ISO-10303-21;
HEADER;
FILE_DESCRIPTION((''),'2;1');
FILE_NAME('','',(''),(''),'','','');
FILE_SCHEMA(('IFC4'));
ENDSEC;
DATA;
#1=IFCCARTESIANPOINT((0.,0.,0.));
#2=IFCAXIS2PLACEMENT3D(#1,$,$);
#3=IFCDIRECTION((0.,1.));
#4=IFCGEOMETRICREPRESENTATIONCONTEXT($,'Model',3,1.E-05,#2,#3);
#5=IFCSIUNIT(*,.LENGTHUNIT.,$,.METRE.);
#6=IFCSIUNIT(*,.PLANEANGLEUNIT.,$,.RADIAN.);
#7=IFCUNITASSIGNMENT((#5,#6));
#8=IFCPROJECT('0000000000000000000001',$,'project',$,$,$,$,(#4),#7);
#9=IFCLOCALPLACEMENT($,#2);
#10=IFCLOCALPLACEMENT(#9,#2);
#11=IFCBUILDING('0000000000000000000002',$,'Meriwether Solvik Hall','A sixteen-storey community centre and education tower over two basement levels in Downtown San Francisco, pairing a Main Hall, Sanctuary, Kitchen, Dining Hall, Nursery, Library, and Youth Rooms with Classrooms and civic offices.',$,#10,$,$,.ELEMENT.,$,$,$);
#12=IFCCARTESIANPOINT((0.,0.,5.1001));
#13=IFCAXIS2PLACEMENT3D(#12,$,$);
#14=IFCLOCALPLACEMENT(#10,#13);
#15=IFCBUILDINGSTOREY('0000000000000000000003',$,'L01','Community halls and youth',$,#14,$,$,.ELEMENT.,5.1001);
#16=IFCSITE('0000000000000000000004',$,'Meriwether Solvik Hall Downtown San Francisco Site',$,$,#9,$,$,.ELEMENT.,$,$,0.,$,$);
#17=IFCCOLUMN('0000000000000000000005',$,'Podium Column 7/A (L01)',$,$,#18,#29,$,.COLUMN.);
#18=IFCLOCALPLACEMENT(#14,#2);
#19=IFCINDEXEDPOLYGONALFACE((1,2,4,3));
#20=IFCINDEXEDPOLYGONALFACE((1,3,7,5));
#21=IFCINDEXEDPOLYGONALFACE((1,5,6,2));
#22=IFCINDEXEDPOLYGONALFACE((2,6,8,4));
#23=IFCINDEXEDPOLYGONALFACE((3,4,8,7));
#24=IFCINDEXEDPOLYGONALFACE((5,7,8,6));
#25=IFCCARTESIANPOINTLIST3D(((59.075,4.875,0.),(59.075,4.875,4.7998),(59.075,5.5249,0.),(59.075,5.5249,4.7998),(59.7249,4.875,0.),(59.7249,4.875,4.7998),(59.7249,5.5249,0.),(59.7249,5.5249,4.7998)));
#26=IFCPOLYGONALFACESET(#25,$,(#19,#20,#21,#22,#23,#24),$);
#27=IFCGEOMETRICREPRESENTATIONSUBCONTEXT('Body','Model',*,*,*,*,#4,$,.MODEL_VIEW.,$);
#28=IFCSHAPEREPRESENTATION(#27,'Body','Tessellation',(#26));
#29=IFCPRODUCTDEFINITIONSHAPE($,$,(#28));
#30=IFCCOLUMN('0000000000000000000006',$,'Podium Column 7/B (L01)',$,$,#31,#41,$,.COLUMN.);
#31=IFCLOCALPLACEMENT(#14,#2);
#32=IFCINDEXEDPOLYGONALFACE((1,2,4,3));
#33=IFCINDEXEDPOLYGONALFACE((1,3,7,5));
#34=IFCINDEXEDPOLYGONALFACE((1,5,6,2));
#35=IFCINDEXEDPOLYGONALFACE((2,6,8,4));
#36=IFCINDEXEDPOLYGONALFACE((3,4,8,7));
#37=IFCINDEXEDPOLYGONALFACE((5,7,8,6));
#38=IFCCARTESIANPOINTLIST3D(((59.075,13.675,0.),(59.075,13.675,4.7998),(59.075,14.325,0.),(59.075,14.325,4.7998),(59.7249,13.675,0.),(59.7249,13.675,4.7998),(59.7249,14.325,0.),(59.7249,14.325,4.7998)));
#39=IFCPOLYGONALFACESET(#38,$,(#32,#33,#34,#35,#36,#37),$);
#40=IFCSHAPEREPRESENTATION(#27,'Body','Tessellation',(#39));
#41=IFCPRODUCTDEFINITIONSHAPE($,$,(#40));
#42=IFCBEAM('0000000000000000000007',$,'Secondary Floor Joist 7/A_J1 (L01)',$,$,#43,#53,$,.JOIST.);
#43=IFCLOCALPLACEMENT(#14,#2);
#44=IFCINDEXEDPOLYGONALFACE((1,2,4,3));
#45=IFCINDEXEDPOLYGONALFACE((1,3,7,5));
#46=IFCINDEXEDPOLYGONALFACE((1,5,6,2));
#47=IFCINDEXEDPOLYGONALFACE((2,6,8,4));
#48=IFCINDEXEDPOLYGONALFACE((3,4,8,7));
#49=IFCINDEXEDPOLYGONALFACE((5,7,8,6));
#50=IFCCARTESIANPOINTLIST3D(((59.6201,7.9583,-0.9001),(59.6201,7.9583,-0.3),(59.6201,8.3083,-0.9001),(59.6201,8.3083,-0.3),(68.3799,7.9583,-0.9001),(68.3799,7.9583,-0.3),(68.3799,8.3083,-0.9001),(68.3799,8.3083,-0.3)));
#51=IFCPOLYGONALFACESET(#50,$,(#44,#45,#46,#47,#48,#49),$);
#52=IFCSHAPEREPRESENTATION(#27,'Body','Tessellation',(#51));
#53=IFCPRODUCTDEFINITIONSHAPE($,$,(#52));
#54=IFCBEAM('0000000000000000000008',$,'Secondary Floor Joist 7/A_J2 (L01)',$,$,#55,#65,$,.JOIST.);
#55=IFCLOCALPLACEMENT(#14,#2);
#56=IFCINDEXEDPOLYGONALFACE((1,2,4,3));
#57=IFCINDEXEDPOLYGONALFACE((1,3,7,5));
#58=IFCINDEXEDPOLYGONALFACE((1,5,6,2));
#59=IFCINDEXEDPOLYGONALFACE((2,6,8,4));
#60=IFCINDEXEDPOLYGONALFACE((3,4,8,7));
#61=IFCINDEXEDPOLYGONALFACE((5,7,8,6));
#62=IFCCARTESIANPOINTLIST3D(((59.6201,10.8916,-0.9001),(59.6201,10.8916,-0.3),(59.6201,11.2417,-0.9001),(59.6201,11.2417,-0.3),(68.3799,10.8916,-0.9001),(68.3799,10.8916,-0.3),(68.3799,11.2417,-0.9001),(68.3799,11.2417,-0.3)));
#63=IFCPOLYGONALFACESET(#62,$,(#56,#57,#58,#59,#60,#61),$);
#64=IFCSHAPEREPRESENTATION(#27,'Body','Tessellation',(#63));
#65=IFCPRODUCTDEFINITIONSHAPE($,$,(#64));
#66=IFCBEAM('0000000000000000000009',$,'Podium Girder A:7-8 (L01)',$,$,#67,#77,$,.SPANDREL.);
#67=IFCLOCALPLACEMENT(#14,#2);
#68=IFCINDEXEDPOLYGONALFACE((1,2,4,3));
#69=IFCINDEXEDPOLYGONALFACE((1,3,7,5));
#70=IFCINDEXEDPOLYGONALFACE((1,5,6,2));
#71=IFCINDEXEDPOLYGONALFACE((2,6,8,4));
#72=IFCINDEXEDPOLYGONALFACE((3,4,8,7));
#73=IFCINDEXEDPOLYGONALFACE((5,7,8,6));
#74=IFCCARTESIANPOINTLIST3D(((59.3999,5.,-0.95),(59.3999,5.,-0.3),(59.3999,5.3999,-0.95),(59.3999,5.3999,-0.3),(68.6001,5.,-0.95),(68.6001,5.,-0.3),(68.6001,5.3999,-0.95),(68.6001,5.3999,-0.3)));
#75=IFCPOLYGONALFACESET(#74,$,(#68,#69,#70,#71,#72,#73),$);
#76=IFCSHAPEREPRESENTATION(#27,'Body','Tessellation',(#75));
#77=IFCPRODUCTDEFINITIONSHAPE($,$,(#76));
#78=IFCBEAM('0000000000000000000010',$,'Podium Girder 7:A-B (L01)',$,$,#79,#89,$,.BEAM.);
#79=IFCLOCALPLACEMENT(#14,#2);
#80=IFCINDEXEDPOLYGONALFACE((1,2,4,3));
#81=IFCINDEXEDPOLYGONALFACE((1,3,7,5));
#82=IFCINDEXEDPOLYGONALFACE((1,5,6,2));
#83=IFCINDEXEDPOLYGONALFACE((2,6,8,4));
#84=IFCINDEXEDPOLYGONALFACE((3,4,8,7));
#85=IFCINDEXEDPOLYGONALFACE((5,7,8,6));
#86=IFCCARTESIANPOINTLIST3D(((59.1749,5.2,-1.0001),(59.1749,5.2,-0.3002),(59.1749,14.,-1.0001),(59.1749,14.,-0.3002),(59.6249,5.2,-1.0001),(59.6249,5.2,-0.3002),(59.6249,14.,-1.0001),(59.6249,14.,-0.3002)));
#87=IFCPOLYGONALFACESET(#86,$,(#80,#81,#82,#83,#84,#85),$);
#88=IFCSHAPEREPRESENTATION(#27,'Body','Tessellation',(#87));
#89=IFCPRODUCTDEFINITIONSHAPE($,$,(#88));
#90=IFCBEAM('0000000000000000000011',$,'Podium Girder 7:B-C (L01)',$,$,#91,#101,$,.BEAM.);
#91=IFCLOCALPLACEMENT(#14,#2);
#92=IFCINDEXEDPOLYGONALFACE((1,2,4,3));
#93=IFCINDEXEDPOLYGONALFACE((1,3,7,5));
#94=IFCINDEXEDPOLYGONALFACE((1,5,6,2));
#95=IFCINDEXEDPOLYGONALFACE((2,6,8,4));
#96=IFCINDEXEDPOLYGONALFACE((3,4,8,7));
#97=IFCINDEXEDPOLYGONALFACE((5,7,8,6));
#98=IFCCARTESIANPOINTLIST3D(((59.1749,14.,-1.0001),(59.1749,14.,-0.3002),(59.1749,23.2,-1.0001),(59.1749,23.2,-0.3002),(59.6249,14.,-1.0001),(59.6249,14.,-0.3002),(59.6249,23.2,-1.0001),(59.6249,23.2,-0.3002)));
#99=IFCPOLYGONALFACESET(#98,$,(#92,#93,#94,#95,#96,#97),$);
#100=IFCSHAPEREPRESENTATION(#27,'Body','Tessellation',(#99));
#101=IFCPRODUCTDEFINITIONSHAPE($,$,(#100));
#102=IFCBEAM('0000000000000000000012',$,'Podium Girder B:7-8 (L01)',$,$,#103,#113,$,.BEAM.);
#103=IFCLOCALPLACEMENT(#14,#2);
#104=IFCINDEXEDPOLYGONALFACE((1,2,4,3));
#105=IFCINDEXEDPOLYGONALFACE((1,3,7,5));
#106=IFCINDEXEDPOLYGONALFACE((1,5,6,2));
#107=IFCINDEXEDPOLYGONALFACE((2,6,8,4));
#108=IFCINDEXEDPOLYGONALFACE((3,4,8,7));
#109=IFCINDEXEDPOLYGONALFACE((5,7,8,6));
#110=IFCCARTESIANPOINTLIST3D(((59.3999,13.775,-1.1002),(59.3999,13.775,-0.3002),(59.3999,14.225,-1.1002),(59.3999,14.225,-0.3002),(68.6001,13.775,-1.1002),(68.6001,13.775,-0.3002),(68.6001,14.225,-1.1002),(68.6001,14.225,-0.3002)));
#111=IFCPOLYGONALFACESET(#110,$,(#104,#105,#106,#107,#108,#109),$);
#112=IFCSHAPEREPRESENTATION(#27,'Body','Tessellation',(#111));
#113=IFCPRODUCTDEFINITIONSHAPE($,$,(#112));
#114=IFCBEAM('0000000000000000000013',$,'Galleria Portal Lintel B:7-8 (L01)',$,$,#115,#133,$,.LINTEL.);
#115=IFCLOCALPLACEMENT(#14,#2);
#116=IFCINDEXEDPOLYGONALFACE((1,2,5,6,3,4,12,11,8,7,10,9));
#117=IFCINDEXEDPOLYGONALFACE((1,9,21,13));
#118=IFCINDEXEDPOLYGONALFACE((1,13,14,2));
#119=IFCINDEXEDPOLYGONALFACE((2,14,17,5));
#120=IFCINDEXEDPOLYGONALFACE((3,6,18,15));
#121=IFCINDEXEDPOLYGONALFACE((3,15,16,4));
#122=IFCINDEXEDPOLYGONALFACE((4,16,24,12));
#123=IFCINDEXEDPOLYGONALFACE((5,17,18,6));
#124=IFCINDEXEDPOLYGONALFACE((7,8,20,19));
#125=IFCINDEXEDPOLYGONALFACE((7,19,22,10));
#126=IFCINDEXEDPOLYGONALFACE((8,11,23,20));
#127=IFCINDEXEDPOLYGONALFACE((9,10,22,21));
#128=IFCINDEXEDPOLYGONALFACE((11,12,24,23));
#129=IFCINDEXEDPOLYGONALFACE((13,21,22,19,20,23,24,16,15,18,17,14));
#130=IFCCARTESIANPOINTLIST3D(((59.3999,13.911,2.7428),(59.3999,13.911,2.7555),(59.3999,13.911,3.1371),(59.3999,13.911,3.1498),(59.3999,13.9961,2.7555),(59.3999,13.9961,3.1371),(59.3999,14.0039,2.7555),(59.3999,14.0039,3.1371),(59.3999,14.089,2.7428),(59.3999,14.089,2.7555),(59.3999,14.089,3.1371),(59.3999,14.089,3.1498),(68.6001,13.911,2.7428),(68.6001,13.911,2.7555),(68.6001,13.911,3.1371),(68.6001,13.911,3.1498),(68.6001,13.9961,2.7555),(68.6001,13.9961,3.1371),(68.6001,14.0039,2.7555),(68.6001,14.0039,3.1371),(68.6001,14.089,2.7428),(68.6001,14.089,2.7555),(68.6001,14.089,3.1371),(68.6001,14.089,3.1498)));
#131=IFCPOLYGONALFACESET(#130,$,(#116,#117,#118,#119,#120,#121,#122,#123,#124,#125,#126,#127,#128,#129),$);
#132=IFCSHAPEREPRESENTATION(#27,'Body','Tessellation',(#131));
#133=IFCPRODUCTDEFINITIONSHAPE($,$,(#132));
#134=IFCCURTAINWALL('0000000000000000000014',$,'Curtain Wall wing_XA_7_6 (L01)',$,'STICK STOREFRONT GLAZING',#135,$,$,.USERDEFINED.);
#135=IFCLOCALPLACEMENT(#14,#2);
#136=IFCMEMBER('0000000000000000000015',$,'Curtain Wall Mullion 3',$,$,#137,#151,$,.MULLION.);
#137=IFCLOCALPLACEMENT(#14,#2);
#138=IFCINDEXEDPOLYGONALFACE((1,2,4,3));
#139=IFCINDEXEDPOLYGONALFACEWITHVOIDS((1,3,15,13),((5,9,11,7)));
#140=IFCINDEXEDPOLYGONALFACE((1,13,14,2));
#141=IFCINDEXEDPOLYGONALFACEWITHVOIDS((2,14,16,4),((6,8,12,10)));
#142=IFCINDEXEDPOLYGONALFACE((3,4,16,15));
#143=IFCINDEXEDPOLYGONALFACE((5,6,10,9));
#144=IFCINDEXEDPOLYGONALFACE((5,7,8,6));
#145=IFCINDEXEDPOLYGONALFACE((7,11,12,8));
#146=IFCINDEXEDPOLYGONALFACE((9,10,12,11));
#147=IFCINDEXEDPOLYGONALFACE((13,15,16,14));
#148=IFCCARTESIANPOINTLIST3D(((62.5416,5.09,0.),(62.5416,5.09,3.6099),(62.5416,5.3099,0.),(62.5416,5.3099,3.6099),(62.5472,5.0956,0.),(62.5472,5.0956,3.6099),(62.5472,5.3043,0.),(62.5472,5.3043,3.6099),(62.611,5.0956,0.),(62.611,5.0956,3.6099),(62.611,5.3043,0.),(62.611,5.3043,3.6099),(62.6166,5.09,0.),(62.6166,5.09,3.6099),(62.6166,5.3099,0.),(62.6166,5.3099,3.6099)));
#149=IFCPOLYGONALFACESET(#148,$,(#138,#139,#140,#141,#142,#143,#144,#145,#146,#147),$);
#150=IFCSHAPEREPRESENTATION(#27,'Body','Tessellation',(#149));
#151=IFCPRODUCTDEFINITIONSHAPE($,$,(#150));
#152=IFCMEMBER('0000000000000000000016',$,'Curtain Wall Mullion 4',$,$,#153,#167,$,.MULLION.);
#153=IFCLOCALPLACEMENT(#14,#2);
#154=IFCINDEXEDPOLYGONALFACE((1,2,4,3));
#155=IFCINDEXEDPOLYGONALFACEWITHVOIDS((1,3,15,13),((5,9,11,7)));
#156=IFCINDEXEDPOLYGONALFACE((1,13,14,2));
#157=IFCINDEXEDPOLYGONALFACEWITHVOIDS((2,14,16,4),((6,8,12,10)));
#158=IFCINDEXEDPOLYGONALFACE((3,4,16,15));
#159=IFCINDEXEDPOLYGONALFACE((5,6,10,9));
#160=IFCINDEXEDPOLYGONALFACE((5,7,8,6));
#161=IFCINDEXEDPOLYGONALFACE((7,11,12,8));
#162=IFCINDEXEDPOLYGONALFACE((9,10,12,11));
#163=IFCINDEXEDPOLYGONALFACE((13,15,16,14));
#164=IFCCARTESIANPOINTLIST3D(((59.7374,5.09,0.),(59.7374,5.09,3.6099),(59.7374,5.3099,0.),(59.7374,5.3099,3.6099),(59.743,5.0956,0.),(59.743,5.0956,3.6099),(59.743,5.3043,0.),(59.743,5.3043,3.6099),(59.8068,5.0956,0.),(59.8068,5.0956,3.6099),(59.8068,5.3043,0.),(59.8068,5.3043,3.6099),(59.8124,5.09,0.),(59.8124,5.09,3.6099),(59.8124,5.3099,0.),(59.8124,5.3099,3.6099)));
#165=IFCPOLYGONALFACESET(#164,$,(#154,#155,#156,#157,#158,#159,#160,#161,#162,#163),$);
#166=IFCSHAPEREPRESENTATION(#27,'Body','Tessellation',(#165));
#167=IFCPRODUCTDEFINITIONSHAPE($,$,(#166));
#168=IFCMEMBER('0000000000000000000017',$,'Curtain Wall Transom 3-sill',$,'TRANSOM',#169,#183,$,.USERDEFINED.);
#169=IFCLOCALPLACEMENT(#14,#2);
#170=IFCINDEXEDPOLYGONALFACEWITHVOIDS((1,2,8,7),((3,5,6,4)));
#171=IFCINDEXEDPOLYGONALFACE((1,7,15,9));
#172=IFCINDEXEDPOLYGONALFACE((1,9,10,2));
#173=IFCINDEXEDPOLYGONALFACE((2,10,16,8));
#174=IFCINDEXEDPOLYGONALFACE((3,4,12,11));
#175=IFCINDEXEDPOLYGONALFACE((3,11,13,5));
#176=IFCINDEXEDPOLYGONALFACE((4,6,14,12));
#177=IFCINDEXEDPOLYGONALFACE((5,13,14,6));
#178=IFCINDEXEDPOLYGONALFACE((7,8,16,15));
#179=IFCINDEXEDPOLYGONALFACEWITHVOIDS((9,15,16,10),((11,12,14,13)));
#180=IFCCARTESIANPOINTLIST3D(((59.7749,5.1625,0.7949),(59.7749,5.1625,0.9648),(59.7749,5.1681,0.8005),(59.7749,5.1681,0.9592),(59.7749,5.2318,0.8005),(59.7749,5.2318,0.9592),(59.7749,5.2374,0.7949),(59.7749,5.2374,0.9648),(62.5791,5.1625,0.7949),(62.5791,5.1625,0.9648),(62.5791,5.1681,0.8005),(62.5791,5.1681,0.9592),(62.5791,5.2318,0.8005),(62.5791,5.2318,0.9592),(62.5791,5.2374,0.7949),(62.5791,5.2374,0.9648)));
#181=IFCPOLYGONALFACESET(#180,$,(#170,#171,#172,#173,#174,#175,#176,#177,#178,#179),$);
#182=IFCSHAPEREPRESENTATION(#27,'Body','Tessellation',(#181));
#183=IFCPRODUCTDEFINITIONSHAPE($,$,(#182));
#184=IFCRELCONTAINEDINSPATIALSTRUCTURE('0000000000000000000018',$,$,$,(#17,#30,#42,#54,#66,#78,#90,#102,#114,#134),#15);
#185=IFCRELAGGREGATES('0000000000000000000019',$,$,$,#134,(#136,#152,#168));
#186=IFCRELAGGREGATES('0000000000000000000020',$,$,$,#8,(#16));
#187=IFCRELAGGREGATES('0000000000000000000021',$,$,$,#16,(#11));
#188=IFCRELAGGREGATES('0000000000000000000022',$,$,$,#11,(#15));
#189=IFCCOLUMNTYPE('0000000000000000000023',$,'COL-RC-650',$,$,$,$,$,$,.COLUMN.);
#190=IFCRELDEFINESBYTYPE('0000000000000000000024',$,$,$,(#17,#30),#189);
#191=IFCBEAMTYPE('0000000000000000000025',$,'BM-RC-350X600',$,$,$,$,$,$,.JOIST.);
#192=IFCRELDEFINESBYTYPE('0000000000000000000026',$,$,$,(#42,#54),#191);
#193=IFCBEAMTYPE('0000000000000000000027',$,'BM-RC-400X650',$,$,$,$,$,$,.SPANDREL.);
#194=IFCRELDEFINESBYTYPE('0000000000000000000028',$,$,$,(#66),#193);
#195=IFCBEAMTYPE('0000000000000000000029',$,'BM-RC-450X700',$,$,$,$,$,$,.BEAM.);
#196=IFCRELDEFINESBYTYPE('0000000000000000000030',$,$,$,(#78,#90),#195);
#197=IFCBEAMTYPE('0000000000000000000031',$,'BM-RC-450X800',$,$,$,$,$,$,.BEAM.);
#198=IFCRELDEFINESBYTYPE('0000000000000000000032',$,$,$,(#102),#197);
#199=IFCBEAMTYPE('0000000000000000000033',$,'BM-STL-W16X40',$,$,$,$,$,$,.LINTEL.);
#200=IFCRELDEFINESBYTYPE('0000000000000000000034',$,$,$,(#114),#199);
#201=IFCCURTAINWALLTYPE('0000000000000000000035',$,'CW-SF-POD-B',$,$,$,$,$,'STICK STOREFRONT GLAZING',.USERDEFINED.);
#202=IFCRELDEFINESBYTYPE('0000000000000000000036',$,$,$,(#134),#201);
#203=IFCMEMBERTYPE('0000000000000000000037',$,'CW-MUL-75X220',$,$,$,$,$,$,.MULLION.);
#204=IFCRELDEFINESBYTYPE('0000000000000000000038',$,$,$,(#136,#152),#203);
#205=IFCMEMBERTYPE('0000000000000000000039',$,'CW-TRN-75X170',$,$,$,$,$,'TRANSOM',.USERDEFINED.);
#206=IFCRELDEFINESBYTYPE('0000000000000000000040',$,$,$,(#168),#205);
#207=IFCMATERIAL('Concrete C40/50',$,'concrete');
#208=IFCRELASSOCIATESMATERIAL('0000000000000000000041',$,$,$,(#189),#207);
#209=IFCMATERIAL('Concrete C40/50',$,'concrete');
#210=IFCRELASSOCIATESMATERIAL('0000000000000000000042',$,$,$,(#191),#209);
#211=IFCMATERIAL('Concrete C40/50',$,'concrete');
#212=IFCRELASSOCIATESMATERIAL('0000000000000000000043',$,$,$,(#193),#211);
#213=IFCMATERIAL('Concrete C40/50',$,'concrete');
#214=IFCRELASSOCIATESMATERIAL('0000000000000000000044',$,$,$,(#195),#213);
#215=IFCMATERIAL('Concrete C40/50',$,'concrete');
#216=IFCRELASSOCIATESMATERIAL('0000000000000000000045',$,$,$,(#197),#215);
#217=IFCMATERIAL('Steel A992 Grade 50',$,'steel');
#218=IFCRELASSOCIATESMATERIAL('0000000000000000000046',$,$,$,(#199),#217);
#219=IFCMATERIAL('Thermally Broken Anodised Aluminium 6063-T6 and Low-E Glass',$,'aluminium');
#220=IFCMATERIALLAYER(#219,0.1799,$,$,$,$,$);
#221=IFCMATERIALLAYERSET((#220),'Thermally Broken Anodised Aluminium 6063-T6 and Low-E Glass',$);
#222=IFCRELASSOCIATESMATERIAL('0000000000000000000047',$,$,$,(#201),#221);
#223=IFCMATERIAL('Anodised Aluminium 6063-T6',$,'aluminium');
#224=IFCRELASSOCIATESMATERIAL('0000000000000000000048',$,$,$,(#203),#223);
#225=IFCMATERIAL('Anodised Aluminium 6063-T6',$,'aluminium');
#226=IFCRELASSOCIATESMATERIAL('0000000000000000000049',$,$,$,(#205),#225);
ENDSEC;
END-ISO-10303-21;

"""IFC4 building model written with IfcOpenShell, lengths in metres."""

from ifc_helpers import new_model, si_unit, direction, frame, origin, origin_2d, place, context, subcontext, project, spatial, rectangle, hollow_rectangle, i_section, extrude, material, layer, layer_set, material_profile, profile_set, type_object, element, aggregate, save


model = new_model("IFC4")

# Units and contexts
model_context = context("Model", 3, precision=1e-05, world=origin(), true_north=direction((0.0, 1.0)))
body_context = subcontext(model_context, "Body", "Model", "MODEL_VIEW")
ifc_project = project(units=[si_unit("LENGTHUNIT", "METRE"), si_unit("PLANEANGLEUNIT", "RADIAN")], contexts=[model_context])

# Site, building, storey
site_placement = place(None, origin())
site = spatial("IfcSite", under=ifc_project, at=site_placement, Name="Meriwether Solvik Hall Downtown San Francisco Site", CompositionType="ELEMENT", RefElevation=0.0)
building_placement = place(site_placement, origin())
building = spatial("IfcBuilding", under=site, at=building_placement, Name="Meriwether Solvik Hall", Description="A sixteen-storey community centre and education tower over two basement levels in Downtown San Francisco, pairing a Main Hall, Sanctuary, Kitchen, Dining Hall, Nursery, Library, and Youth Rooms with Classrooms and civic offices.", CompositionType="ELEMENT")
storey_placement = place(building_placement, frame((0.0, 0.0, 5.1001)))
storey = spatial("IfcBuildingStorey", under=building, at=storey_placement, Name="L01", Description="Community halls and youth", CompositionType="ELEMENT", Elevation=5.1001)

# Columns
ifc_material_1 = material(Name="Concrete C40/50", Category="concrete")
ifc_material_profile_1 = material_profile(ifc_material_1, rectangle(XDim=0.6499, YDim=0.6499, at=origin_2d()), Name="RCC-650X650")
ifc_profile_set_1 = profile_set([ifc_material_profile_1], Name="Concrete C40/50")
column_type = type_object("IfcColumnType", Name="COL-RC-650", PredefinedType="COLUMN", material=ifc_profile_set_1)
for number, where, z_axis, x_axis, name in (
    (1, (59.3999, 5.2, 0.0), (0.0, 0.0, 1.0), (1.0, 0.0, 0.0), "Podium Column 7/A (L01)"),
    (2, (59.3999, 14.0, 0.0), (0.0, 0.0, 1.0), (1.0, 0.0, 0.0), "Podium Column 7/B (L01)"),
):
    element("IfcColumn", number, at=place(storey_placement, frame(where, z_axis=z_axis, x_axis=x_axis)), inside=storey, type_object=column_type, Name=name, PredefinedType="COLUMN", context=body_context, shape_type="SweptSolid", body=[
        extrude(rectangle(XDim=0.6499, YDim=0.6499, at=origin_2d()), origin(), (0.0, 0.0, 1.0), 4.7998),
    ])

# Beams
ifc_material_2 = material(Name="Concrete C40/50", Category="concrete")
ifc_material_profile_2 = material_profile(ifc_material_2, rectangle(XDim=0.3501, YDim=0.6001, at=origin_2d()), Name="RCB-350X600")
ifc_profile_set_2 = profile_set([ifc_material_profile_2], Name="Concrete C40/50")
beam_type_1 = type_object("IfcBeamType", Name="BM-RC-350X600", PredefinedType="JOIST", material=ifc_profile_set_2)
for number, where, z_axis, x_axis, name in (
    (3, (59.6201, 8.1333, -0.6001), (1.0, 0.0, 0.0), (0.0, 1.0, 0.0), "Secondary Floor Joist 7/A_J1 (L01)"),
    (4, (59.6201, 11.0667, -0.6001), (1.0, 0.0, 0.0), (0.0, 1.0, 0.0), "Secondary Floor Joist 7/A_J2 (L01)"),
):
    element("IfcBeam", number, at=place(storey_placement, frame(where, z_axis=z_axis, x_axis=x_axis)), inside=storey, type_object=beam_type_1, Name=name, PredefinedType="JOIST", context=body_context, shape_type="SweptSolid", body=[
        extrude(rectangle(XDim=0.3501, YDim=0.6001, at=origin_2d()), origin(), (0.0, 0.0, 1.0), 8.7598),
    ])
ifc_material_3 = material(Name="Concrete C40/50", Category="concrete")
ifc_material_profile_3 = material_profile(ifc_material_3, rectangle(XDim=0.3999, YDim=0.6499, at=origin_2d()), Name="RCB-400X650")
ifc_profile_set_3 = profile_set([ifc_material_profile_3], Name="Concrete C40/50")
beam_type_2 = type_object("IfcBeamType", Name="BM-RC-400X650", PredefinedType="SPANDREL", material=ifc_profile_set_3)
beam_1_placement = place(storey_placement, frame((59.3999, 5.2, -0.625), z_axis=(1.0, 0.0, 0.0), x_axis=(0.0, 1.0, 0.0)))
element("IfcBeam", 5, at=beam_1_placement, inside=storey, type_object=beam_type_2, Name="Podium Girder A:7-8 (L01)", PredefinedType="SPANDREL", context=body_context, shape_type="SweptSolid", body=[
    extrude(rectangle(XDim=0.3999, YDim=0.6499, at=origin_2d()), origin(), (0.0, 0.0, 1.0), 9.2002),
])
ifc_material_4 = material(Name="Concrete C40/50", Category="concrete")
ifc_material_profile_4 = material_profile(ifc_material_4, rectangle(XDim=0.45, YDim=0.7, at=origin_2d()), Name="RCB-450X700")
ifc_profile_set_4 = profile_set([ifc_material_profile_4], Name="Concrete C40/50")
beam_type_3 = type_object("IfcBeamType", Name="BM-RC-450X700", PredefinedType="BEAM", material=ifc_profile_set_4)
beam_2_placement = place(storey_placement, frame((59.3999, 5.2, -0.6501), z_axis=(0.0, 1.0, 0.0), x_axis=(-1.0, 0.0, 0.0)))
element("IfcBeam", 6, at=beam_2_placement, inside=storey, type_object=beam_type_3, Name="Podium Girder 7:A-B (L01)", PredefinedType="BEAM", context=body_context, shape_type="SweptSolid", body=[
    extrude(rectangle(XDim=0.45, YDim=0.7, at=origin_2d()), origin(), (0.0, 0.0, 1.0), 8.8),
])
beam_3_placement = place(storey_placement, frame((59.3999, 14.0, -0.6501), z_axis=(0.0, 1.0, 0.0), x_axis=(-1.0, 0.0, 0.0)))
element("IfcBeam", 7, at=beam_3_placement, inside=storey, type_object=beam_type_3, Name="Podium Girder 7:B-C (L01)", PredefinedType="BEAM", context=body_context, shape_type="SweptSolid", body=[
    extrude(rectangle(XDim=0.45, YDim=0.7, at=origin_2d()), origin(), (0.0, 0.0, 1.0), 9.2),
])
ifc_material_5 = material(Name="Concrete C40/50", Category="concrete")
ifc_material_profile_5 = material_profile(ifc_material_5, rectangle(XDim=0.45, YDim=0.8, at=origin_2d()), Name="RCB-450X800")
ifc_profile_set_5 = profile_set([ifc_material_profile_5], Name="Concrete C40/50")
beam_type_4 = type_object("IfcBeamType", Name="BM-RC-450X800", PredefinedType="BEAM", material=ifc_profile_set_5)
beam_4_placement = place(storey_placement, frame((59.3999, 14.0, -0.7002), z_axis=(1.0, 0.0, 0.0), x_axis=(0.0, 1.0, 0.0)))
element("IfcBeam", 8, at=beam_4_placement, inside=storey, type_object=beam_type_4, Name="Podium Girder B:7-8 (L01)", PredefinedType="BEAM", context=body_context, shape_type="SweptSolid", body=[
    extrude(rectangle(XDim=0.45, YDim=0.8, at=origin_2d()), origin(), (0.0, 0.0, 1.0), 9.2002),
])
ifc_material_6 = material(Name="Steel A992 Grade 50", Category="steel")
ifc_material_profile_6 = material_profile(ifc_material_6, i_section(OverallWidth=0.178, OverallDepth=0.407, WebThickness=0.0078, FlangeThickness=0.0127, at=origin_2d()), Name="W16X40")
ifc_profile_set_6 = profile_set([ifc_material_profile_6], Name="Steel A992 Grade 50")
beam_type_5 = type_object("IfcBeamType", Name="BM-STL-W16X40", PredefinedType="LINTEL", material=ifc_profile_set_6)
beam_5_placement = place(storey_placement, frame((59.3999, 14.0, 2.9463), z_axis=(1.0, 0.0, 0.0), x_axis=(0.0, 1.0, 0.0)))
element("IfcBeam", 9, at=beam_5_placement, inside=storey, type_object=beam_type_5, Name="Galleria Portal Lintel B:7-8 (L01)", PredefinedType="LINTEL", context=body_context, shape_type="SweptSolid", body=[
    extrude(i_section(OverallWidth=0.178, OverallDepth=0.407, WebThickness=0.0078, FlangeThickness=0.0127, at=origin_2d()), origin(), (0.0, 0.0, 1.0), 9.2002),
])

# Curtain wall, members
ifc_material_7 = material(Name="Thermally Broken Anodised Aluminium 6063-T6 and Low-E Glass", Category="aluminium")
ifc_layer_1 = layer(ifc_material_7, 0.1799)
ifc_layer_set_1 = layer_set([ifc_layer_1], Name="Thermally Broken Anodised Aluminium 6063-T6 and Low-E Glass")
curtain_wall_type = type_object("IfcCurtainWallType", Name="CW-SF-POD-B", ElementType="STICK STOREFRONT GLAZING", PredefinedType="USERDEFINED", material=ifc_layer_set_1)
curtain_wall_placement = place(storey_placement, origin())
curtain_wall = element("IfcCurtainWall", 10, at=curtain_wall_placement, inside=storey, type_object=curtain_wall_type, Name="Curtain Wall wing_XA_7_6 (L01)", ObjectType="STICK STOREFRONT GLAZING", PredefinedType="USERDEFINED")
ifc_material_8 = material(Name="Anodised Aluminium 6063-T6", Category="aluminium")
ifc_material_profile_7 = material_profile(ifc_material_8, hollow_rectangle(XDim=0.075, YDim=0.22, WallThickness=0.0056, at=origin_2d()), Name="CWM-75X220")
ifc_profile_set_7 = profile_set([ifc_material_profile_7], Name="Anodised Aluminium 6063-T6")
member_type_1 = type_object("IfcMemberType", Name="CW-MUL-75X220", PredefinedType="MULLION", material=ifc_profile_set_7)
member_1_placement = place(storey_placement, frame((62.5791, 5.2, 0.0), z_axis=(0.0, 0.0, 1.0), x_axis=(-1.0, 0.0, 0.0)))
member_1 = element("IfcMember", 11, at=member_1_placement, type_object=member_type_1, Name="Curtain Wall Mullion 3", PredefinedType="MULLION", context=body_context, shape_type="SweptSolid", body=[
    extrude(hollow_rectangle(XDim=0.075, YDim=0.22, WallThickness=0.0056, at=origin_2d()), origin(), (0.0, 0.0, 1.0), 3.6099),
])
member_2_placement = place(storey_placement, frame((59.7749, 5.2, 0.0), z_axis=(0.0, 0.0, 1.0), x_axis=(-1.0, 0.0, 0.0)))
member_2 = element("IfcMember", 12, at=member_2_placement, type_object=member_type_1, Name="Curtain Wall Mullion 4", PredefinedType="MULLION", context=body_context, shape_type="SweptSolid", body=[
    extrude(hollow_rectangle(XDim=0.075, YDim=0.22, WallThickness=0.0056, at=origin_2d()), origin(), (0.0, 0.0, 1.0), 3.6099),
])
ifc_material_9 = material(Name="Anodised Aluminium 6063-T6", Category="aluminium")
ifc_material_profile_8 = material_profile(ifc_material_9, hollow_rectangle(XDim=0.075, YDim=0.1699, WallThickness=0.0056, at=origin_2d()), Name="CWT-75X170")
ifc_profile_set_8 = profile_set([ifc_material_profile_8], Name="Anodised Aluminium 6063-T6")
member_type_2 = type_object("IfcMemberType", Name="CW-TRN-75X170", ElementType="TRANSOM", PredefinedType="USERDEFINED", material=ifc_profile_set_8)
member_3_placement = place(storey_placement, frame((62.5791, 5.2, 0.8799), z_axis=(-1.0, 0.0, 0.0), x_axis=(0.0, -1.0, 0.0)))
member_3 = element("IfcMember", 13, at=member_3_placement, type_object=member_type_2, Name="Curtain Wall Transom 3-sill", ObjectType="TRANSOM", PredefinedType="USERDEFINED", context=body_context, shape_type="SweptSolid", body=[
    extrude(hollow_rectangle(XDim=0.075, YDim=0.1699, WallThickness=0.0056, at=origin_2d()), origin(), (0.0, 0.0, 1.0), 2.8042),
])
aggregate(curtain_wall, [member_1, member_2, member_3])

save(model, "model.ifc")
